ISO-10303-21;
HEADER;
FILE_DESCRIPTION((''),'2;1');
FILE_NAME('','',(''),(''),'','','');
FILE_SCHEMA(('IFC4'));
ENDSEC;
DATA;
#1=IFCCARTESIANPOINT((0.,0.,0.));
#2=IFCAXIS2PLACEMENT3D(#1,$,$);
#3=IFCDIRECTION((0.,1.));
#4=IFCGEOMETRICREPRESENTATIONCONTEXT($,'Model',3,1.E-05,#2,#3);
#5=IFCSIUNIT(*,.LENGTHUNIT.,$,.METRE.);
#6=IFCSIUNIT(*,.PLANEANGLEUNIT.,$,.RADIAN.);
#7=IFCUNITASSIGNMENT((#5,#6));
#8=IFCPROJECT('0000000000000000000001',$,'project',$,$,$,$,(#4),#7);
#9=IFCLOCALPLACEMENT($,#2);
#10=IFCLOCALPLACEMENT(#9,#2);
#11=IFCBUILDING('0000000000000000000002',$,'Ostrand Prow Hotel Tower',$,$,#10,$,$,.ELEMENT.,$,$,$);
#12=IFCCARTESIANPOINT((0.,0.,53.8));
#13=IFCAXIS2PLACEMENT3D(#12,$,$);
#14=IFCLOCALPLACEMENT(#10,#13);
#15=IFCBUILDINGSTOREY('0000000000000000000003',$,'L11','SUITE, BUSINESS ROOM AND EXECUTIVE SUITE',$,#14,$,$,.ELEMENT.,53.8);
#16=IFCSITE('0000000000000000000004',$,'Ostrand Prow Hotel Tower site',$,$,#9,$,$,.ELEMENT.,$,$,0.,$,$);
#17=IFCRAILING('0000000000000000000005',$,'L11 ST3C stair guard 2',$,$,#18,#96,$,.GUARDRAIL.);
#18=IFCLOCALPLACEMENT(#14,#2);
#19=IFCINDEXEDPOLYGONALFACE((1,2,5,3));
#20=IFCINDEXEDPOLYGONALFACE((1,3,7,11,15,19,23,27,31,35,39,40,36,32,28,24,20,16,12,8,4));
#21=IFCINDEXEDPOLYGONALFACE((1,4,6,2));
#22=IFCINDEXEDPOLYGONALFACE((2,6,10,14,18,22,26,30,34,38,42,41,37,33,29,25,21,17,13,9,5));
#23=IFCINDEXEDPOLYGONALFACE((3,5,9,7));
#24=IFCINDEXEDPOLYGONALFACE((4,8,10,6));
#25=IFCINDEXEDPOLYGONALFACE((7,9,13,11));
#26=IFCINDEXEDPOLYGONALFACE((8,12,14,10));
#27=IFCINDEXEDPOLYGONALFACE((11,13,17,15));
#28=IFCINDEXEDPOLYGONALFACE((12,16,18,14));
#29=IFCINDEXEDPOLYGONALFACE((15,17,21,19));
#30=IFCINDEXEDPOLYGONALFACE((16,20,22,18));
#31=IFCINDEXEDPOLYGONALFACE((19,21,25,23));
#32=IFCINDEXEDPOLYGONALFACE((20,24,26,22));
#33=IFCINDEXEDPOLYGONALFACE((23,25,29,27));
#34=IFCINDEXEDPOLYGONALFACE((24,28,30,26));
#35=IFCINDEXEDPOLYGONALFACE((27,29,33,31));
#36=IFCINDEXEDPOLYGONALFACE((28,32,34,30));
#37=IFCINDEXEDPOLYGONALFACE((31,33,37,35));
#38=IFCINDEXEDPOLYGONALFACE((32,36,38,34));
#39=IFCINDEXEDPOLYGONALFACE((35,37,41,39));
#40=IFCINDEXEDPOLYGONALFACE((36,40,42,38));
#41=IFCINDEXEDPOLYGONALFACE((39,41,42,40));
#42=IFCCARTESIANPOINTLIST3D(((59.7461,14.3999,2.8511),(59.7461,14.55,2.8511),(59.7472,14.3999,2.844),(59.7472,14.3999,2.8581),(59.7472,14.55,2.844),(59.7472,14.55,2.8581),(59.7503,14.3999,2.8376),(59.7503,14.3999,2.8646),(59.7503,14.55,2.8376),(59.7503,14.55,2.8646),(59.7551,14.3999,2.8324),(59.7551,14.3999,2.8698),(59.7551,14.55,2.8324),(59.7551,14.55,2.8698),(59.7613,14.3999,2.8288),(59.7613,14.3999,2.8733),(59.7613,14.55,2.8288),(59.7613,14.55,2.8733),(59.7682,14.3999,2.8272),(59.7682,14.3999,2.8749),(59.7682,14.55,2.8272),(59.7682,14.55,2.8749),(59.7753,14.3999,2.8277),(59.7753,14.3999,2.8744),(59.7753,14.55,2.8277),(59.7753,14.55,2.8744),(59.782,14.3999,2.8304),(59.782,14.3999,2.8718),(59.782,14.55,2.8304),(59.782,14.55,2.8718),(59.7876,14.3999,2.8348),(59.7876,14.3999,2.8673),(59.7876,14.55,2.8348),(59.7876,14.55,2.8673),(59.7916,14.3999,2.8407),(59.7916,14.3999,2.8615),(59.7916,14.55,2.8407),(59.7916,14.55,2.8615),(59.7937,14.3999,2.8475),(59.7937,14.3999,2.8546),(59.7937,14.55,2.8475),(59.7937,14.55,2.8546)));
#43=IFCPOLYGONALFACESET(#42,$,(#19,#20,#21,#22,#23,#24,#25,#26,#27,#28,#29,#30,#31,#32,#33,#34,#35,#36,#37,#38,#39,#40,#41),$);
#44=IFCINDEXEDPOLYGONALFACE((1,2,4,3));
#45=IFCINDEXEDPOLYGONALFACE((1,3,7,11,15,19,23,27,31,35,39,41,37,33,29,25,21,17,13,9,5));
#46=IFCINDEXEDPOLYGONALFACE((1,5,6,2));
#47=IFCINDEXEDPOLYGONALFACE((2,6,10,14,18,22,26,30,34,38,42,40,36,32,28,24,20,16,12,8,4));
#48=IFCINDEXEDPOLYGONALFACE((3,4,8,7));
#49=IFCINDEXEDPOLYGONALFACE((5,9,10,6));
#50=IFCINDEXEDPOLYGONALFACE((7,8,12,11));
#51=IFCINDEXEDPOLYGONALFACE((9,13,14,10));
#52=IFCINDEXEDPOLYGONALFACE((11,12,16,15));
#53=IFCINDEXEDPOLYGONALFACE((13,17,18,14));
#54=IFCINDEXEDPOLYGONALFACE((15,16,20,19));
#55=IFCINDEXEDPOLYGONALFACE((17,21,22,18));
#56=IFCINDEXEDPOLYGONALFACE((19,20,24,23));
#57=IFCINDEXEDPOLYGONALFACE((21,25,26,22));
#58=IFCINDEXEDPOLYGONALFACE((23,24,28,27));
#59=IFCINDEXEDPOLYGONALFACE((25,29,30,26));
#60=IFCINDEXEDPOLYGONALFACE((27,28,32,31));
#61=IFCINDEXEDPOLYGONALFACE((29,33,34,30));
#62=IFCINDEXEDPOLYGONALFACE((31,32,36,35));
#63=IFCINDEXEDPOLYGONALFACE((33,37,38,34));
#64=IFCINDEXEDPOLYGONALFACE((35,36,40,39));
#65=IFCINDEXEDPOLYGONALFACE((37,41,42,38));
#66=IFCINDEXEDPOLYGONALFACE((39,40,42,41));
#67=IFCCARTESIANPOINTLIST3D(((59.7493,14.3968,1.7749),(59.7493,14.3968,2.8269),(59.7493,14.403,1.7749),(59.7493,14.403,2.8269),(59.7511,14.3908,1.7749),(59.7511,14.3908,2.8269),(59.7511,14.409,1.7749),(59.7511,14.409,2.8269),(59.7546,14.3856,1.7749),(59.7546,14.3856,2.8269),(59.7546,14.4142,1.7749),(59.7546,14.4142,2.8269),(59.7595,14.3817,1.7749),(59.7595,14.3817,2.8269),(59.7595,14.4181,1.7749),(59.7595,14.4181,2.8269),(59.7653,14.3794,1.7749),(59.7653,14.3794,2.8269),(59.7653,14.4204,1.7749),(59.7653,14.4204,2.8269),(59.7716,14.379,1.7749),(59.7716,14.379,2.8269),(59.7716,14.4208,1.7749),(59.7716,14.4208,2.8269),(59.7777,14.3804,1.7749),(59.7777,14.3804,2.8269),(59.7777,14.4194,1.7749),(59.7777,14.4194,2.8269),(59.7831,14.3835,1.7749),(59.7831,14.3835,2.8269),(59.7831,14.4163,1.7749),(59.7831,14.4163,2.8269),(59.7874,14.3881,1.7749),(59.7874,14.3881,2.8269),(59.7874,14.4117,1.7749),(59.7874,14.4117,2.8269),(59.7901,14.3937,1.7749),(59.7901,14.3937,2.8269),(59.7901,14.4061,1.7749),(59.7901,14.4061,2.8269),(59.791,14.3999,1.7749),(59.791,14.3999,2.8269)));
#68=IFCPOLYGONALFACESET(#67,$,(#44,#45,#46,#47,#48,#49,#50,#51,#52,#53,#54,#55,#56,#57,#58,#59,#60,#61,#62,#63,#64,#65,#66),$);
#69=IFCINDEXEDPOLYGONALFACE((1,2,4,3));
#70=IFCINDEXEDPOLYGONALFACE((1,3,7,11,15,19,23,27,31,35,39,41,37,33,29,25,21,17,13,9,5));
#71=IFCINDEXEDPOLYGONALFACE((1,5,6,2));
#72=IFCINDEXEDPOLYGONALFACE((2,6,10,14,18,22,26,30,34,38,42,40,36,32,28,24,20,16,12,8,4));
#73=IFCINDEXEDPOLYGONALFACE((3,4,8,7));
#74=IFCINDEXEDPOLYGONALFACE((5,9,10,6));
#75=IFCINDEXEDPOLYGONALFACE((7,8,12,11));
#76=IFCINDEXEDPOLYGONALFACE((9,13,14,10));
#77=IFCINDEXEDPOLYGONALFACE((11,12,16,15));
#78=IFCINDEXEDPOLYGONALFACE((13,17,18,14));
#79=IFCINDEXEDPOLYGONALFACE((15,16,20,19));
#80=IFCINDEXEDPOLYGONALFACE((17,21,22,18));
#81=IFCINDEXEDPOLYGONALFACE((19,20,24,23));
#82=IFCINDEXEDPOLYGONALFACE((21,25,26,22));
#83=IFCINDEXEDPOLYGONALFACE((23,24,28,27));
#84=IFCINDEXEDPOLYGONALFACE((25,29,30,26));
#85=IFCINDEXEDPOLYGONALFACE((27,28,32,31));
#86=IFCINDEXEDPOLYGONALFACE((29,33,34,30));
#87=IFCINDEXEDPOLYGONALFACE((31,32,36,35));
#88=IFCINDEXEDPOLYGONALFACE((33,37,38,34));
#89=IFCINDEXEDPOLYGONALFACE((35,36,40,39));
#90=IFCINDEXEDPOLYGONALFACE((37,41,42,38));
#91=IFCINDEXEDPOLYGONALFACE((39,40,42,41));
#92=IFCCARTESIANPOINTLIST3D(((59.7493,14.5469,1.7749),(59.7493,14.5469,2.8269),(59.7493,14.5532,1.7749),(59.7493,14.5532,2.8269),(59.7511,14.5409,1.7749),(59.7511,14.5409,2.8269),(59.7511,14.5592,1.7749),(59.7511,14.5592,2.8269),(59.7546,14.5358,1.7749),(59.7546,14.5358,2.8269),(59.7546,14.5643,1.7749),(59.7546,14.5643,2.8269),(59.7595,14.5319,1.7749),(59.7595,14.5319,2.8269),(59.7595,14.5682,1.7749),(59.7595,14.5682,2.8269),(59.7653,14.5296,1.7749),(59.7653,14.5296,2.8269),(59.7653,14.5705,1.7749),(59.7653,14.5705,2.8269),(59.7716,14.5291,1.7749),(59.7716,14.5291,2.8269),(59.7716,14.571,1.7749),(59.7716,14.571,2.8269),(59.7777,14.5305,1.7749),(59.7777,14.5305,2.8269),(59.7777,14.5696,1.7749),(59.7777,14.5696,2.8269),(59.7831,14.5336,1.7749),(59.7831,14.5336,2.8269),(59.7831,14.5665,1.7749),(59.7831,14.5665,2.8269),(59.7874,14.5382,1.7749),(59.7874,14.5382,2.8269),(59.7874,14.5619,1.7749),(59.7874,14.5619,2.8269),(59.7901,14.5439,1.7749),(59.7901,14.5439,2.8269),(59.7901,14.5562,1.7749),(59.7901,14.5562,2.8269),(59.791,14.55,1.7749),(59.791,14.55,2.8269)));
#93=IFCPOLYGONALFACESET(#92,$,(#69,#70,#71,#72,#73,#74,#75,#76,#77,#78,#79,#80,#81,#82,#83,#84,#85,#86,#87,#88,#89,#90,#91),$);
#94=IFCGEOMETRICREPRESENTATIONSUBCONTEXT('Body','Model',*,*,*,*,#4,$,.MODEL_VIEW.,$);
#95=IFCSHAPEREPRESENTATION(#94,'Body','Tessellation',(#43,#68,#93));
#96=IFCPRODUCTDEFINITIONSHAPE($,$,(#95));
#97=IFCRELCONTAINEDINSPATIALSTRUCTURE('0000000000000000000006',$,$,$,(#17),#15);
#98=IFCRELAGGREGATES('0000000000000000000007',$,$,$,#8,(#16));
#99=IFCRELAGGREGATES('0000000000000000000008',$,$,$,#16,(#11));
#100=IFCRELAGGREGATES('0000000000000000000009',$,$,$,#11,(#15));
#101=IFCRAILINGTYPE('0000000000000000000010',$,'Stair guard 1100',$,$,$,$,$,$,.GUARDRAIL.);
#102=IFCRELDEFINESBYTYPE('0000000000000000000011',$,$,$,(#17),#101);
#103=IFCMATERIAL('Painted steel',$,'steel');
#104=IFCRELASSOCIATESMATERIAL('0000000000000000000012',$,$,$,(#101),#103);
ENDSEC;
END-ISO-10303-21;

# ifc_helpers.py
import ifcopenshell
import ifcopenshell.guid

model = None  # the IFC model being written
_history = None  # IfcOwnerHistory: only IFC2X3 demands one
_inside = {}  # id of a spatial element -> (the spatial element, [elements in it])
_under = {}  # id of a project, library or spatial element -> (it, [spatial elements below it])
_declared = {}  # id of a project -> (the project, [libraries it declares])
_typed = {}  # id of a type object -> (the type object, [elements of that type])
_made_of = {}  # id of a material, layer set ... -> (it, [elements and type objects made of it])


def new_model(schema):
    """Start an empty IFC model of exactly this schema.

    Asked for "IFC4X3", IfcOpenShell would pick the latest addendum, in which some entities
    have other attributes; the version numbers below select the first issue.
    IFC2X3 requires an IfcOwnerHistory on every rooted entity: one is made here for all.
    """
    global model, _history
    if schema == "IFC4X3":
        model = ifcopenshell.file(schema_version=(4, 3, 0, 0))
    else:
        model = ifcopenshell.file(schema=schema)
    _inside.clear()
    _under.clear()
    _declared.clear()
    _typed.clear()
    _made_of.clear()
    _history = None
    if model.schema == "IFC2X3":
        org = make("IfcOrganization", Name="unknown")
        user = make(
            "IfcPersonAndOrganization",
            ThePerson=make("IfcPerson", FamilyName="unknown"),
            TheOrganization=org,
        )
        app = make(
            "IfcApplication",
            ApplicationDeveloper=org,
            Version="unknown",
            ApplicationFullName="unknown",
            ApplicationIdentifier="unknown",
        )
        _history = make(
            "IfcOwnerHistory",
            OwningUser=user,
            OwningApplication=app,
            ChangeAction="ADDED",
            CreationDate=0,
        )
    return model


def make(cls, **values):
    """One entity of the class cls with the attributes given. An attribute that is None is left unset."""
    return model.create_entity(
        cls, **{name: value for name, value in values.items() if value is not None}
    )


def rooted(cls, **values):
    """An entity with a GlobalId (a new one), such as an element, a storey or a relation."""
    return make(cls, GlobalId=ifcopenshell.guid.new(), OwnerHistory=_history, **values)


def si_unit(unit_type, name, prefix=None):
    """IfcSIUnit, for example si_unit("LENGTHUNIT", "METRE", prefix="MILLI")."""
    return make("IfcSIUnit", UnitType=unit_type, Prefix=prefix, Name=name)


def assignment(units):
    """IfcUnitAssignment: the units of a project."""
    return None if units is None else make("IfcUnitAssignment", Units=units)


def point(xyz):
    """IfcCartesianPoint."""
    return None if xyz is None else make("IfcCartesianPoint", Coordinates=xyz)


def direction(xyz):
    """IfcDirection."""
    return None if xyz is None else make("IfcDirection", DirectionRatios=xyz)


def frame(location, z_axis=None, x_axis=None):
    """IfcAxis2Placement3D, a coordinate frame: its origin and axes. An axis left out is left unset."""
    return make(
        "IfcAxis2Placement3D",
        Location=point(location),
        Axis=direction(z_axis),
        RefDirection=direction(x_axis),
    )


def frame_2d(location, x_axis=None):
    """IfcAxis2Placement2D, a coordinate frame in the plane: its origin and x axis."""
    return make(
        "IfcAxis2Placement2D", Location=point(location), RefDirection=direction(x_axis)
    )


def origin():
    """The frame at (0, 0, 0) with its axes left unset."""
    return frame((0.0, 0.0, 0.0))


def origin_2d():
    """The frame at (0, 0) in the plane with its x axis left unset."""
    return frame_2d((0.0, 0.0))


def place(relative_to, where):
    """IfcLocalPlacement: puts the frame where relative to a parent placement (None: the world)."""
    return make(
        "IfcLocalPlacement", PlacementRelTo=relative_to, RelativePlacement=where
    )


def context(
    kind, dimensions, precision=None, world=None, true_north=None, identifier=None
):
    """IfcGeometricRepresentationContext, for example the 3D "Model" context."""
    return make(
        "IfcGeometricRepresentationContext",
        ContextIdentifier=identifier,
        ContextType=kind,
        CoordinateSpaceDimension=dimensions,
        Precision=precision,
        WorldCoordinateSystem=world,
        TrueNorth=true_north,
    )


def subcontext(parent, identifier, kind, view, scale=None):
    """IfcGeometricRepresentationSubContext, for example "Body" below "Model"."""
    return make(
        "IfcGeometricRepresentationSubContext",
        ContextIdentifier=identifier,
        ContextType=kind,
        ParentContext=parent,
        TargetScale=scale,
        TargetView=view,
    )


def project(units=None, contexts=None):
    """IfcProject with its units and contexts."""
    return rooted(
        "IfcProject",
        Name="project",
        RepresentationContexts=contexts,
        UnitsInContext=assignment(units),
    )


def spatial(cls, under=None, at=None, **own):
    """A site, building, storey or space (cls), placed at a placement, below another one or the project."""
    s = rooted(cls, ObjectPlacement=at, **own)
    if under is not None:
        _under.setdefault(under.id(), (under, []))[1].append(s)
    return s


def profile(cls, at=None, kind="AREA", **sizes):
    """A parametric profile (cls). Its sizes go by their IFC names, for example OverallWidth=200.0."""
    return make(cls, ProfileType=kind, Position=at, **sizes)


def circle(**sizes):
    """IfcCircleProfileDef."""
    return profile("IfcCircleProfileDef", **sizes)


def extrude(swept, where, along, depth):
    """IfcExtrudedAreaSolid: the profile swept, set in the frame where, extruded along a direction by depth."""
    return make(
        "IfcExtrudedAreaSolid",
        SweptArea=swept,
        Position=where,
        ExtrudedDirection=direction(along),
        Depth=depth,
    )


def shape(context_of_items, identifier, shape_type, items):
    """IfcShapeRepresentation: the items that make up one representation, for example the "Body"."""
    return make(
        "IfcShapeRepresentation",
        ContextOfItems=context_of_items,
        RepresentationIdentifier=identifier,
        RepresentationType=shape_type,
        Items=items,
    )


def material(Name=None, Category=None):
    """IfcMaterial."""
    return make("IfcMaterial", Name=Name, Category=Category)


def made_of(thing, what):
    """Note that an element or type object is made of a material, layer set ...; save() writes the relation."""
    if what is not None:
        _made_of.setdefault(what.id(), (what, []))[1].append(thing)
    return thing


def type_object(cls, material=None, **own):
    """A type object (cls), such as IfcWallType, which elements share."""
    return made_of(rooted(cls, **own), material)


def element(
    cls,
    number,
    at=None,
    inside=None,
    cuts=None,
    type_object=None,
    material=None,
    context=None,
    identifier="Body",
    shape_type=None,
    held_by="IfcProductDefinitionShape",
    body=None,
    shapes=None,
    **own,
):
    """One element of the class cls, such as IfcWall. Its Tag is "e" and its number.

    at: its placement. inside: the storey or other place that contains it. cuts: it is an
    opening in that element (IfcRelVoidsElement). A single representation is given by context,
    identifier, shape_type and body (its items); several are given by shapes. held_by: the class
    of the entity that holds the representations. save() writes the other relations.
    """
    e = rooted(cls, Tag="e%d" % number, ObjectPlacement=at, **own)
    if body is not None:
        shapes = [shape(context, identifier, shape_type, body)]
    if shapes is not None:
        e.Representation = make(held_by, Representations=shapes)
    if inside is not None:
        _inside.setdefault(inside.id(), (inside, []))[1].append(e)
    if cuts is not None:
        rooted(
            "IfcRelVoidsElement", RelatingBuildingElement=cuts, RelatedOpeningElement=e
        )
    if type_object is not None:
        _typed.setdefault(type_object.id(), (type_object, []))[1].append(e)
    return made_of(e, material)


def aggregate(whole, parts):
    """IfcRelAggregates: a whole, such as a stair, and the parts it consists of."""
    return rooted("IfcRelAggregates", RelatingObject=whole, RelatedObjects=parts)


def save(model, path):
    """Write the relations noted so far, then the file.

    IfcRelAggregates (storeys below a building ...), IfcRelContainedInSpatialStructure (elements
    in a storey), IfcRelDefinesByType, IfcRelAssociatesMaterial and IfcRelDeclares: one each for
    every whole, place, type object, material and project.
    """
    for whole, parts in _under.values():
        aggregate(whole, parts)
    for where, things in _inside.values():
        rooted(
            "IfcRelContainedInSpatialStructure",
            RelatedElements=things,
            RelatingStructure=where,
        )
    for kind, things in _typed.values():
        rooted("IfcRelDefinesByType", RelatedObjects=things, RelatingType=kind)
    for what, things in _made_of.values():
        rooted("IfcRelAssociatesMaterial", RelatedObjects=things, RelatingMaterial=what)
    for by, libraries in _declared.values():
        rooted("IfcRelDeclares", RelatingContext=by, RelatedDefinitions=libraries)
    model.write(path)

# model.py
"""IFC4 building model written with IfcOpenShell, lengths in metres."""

from ifc_helpers import new_model, si_unit, direction, frame, origin, origin_2d, place, context, subcontext, project, spatial, circle, extrude, material, type_object, element, save


model = new_model("IFC4")

# Units and contexts
model_context = context("Model", 3, precision=1e-05, world=origin(), true_north=direction((0.0, 1.0)))
body_context = subcontext(model_context, "Body", "Model", "MODEL_VIEW")
ifc_project = project(units=[si_unit("LENGTHUNIT", "METRE"), si_unit("PLANEANGLEUNIT", "RADIAN")], contexts=[model_context])

# Site, building, storey
site_placement = place(None, origin())
site = spatial("IfcSite", under=ifc_project, at=site_placement, Name="Ostrand Prow Hotel Tower site", CompositionType="ELEMENT", RefElevation=0.0)
building_placement = place(site_placement, origin())
building = spatial("IfcBuilding", under=site, at=building_placement, Name="Ostrand Prow Hotel Tower", CompositionType="ELEMENT")
storey_placement = place(building_placement, frame((0.0, 0.0, 53.8)))
storey = spatial("IfcBuildingStorey", under=building, at=storey_placement, Name="L11", Description="SUITE, BUSINESS ROOM AND EXECUTIVE SUITE", CompositionType="ELEMENT", Elevation=53.8)

# Railing
ifc_material_1 = material(Name="Painted steel", Category="steel")
railing_type_1 = type_object("IfcRailingType", Name="Stair guard 1100", PredefinedType="GUARDRAIL", material=ifc_material_1)
railing_1_placement = place(storey_placement, frame((59.77, 14.3999, 1.7749)))
element("IfcRailing", 1, at=railing_1_placement, inside=storey, type_object=railing_type_1, Name="L11 ST3C stair guard 2", PredefinedType="GUARDRAIL", context=body_context, shape_type="SweptSolid", body=[
    extrude(circle(Radius=0.0239, at=origin_2d()), frame((0.0, 0.0, 1.0762), z_axis=(0.0, 1.0, 0.0), x_axis=(-1.0, 0.0, 0.0)), (0.0, 0.0, 1.0), 0.1501),
    extrude(circle(Radius=0.021, at=origin_2d()), origin(), (0.0, 0.0, 1.0), 1.052),
    extrude(circle(Radius=0.021, at=origin_2d()), frame((0.0, 0.1501, 0.0)), (0.0, 0.0, 1.0), 1.052),
])

save(model, "model.ifc")
